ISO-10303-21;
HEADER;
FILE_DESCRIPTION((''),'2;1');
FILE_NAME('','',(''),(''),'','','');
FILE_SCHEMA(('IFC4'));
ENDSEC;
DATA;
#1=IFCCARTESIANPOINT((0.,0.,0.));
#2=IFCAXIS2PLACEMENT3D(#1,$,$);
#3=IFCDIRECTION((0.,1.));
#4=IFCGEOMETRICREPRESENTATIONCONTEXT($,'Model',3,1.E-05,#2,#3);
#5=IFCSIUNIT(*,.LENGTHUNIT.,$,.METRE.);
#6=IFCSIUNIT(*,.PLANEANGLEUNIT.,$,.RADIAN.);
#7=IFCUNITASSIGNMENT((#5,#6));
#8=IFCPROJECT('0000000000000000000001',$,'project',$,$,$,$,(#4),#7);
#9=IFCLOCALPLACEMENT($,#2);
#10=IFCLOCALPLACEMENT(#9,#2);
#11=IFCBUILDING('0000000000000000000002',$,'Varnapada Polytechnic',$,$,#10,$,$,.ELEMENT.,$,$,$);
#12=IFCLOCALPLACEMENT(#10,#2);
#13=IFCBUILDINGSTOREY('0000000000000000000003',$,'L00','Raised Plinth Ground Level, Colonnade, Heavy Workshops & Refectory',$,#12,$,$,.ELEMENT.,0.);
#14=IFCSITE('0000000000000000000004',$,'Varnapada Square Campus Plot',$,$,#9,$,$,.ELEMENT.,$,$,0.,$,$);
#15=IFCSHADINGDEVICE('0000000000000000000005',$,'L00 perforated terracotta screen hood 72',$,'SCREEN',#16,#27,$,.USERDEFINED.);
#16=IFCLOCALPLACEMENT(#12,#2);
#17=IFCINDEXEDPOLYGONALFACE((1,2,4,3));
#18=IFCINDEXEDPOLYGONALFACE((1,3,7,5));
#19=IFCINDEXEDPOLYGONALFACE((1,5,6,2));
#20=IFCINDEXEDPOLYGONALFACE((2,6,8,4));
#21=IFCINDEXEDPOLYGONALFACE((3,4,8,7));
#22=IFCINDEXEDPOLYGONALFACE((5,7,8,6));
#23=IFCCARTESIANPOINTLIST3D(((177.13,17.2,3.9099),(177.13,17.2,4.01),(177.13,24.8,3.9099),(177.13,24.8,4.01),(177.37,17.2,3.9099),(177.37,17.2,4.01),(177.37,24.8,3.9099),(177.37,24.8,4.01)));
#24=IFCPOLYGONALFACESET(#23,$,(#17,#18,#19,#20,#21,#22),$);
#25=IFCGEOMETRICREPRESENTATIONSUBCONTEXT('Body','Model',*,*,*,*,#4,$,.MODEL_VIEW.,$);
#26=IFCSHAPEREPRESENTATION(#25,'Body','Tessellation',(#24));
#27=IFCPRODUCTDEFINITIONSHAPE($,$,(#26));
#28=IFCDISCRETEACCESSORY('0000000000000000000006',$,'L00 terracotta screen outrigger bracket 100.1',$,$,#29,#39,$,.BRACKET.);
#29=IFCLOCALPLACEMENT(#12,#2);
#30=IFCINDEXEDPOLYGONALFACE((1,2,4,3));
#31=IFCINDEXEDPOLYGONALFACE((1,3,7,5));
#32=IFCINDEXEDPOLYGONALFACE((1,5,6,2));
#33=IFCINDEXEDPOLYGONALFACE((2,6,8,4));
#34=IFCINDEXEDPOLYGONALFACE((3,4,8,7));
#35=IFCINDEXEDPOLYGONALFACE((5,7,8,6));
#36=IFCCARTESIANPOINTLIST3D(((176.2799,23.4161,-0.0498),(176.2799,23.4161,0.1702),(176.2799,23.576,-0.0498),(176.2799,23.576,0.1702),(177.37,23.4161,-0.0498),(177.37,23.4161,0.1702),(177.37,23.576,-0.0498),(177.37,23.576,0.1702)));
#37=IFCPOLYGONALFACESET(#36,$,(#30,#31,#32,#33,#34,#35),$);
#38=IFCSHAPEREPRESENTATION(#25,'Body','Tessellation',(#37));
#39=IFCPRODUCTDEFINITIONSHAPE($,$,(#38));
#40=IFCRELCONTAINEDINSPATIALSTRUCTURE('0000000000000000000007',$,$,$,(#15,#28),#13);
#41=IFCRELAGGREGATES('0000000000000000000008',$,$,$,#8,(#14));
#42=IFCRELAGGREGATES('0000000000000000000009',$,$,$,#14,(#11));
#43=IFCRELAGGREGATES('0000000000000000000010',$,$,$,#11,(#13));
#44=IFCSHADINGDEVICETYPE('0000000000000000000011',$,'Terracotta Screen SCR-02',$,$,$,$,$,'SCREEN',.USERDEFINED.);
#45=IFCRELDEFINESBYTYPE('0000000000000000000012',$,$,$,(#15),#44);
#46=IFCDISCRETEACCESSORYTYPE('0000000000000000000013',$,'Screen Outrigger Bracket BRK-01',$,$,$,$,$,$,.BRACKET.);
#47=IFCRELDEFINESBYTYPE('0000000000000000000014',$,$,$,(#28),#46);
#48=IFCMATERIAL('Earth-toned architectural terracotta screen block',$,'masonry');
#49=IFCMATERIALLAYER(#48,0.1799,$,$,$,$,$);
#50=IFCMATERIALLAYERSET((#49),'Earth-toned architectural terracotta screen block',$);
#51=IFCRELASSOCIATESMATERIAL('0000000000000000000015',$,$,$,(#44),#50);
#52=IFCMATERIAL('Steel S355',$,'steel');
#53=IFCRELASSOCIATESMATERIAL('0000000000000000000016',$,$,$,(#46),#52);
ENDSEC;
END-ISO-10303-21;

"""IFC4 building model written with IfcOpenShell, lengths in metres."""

from ifc_helpers import new_model, si_unit, direction, frame, origin, origin_2d, place, context, subcontext, project, spatial, rectangle, extrude, material, layer, layer_set, type_object, element, save


model = new_model("IFC4")

# Units and contexts
model_context = context("Model", 3, precision=1e-05, world=origin(), true_north=direction((0.0, 1.0)))
body_context = subcontext(model_context, "Body", "Model", "MODEL_VIEW")
ifc_project = project(units=[si_unit("LENGTHUNIT", "METRE"), si_unit("PLANEANGLEUNIT", "RADIAN")], contexts=[model_context])

# Site, building, storey
site_placement = place(None, origin())
site = spatial("IfcSite", under=ifc_project, at=site_placement, Name="Varnapada Square Campus Plot", CompositionType="ELEMENT", RefElevation=0.0)
building_placement = place(site_placement, origin())
building = spatial("IfcBuilding", under=site, at=building_placement, Name="Varnapada Polytechnic", CompositionType="ELEMENT")
storey_placement = place(building_placement, origin())
storey = spatial("IfcBuildingStorey", under=building, at=storey_placement, Name="L00", Description="Raised Plinth Ground Level, Colonnade, Heavy Workshops & Refectory", CompositionType="ELEMENT", Elevation=0.0)

# Shared definitions
ifc_material_1 = material(Name="Earth-toned architectural terracotta screen block", Category="masonry")

# Shading device
ifc_layer_1 = layer(ifc_material_1, 0.1799)
ifc_layer_set_1 = layer_set([ifc_layer_1], Name="Earth-toned architectural terracotta screen block")
shading_device_type = type_object("IfcShadingDeviceType", Name="Terracotta Screen SCR-02", ElementType="SCREEN", PredefinedType="USERDEFINED", material=ifc_layer_set_1)
shading_device_placement = place(storey_placement, frame((177.25, 21.0, 3.9099), z_axis=(0.0, 0.0, 1.0), x_axis=(0.0, -1.0, 0.0)))
element("IfcShadingDevice", 1, at=shading_device_placement, inside=storey, type_object=shading_device_type, Name="L00 perforated terracotta screen hood 72", ObjectType="SCREEN", PredefinedType="USERDEFINED", context=body_context, shape_type="SweptSolid", body=[
    extrude(rectangle(XDim=7.6001, YDim=0.24, at=origin_2d()), origin(), (0.0, 0.0, 1.0), 0.1001),
])

# Discrete accessory
ifc_material_2 = material(Name="Steel S355", Category="steel")
discrete_accessory_type = type_object("IfcDiscreteAccessoryType", Name="Screen Outrigger Bracket BRK-01", PredefinedType="BRACKET", material=ifc_material_2)
discrete_accessory_placement = place(storey_placement, frame((176.825, 23.4961, -0.0498), z_axis=(0.0, 0.0, 1.0), x_axis=(0.0, -1.0, 0.0)))
element("IfcDiscreteAccessory", 2, at=discrete_accessory_placement, inside=storey, type_object=discrete_accessory_type, Name="L00 terracotta screen outrigger bracket 100.1", PredefinedType="BRACKET", context=body_context, shape_type="SweptSolid", body=[
    extrude(rectangle(XDim=0.1599, YDim=1.0901, at=origin_2d()), origin(), (0.0, 0.0, 1.0), 0.22),
])

save(model, "model.ifc")
